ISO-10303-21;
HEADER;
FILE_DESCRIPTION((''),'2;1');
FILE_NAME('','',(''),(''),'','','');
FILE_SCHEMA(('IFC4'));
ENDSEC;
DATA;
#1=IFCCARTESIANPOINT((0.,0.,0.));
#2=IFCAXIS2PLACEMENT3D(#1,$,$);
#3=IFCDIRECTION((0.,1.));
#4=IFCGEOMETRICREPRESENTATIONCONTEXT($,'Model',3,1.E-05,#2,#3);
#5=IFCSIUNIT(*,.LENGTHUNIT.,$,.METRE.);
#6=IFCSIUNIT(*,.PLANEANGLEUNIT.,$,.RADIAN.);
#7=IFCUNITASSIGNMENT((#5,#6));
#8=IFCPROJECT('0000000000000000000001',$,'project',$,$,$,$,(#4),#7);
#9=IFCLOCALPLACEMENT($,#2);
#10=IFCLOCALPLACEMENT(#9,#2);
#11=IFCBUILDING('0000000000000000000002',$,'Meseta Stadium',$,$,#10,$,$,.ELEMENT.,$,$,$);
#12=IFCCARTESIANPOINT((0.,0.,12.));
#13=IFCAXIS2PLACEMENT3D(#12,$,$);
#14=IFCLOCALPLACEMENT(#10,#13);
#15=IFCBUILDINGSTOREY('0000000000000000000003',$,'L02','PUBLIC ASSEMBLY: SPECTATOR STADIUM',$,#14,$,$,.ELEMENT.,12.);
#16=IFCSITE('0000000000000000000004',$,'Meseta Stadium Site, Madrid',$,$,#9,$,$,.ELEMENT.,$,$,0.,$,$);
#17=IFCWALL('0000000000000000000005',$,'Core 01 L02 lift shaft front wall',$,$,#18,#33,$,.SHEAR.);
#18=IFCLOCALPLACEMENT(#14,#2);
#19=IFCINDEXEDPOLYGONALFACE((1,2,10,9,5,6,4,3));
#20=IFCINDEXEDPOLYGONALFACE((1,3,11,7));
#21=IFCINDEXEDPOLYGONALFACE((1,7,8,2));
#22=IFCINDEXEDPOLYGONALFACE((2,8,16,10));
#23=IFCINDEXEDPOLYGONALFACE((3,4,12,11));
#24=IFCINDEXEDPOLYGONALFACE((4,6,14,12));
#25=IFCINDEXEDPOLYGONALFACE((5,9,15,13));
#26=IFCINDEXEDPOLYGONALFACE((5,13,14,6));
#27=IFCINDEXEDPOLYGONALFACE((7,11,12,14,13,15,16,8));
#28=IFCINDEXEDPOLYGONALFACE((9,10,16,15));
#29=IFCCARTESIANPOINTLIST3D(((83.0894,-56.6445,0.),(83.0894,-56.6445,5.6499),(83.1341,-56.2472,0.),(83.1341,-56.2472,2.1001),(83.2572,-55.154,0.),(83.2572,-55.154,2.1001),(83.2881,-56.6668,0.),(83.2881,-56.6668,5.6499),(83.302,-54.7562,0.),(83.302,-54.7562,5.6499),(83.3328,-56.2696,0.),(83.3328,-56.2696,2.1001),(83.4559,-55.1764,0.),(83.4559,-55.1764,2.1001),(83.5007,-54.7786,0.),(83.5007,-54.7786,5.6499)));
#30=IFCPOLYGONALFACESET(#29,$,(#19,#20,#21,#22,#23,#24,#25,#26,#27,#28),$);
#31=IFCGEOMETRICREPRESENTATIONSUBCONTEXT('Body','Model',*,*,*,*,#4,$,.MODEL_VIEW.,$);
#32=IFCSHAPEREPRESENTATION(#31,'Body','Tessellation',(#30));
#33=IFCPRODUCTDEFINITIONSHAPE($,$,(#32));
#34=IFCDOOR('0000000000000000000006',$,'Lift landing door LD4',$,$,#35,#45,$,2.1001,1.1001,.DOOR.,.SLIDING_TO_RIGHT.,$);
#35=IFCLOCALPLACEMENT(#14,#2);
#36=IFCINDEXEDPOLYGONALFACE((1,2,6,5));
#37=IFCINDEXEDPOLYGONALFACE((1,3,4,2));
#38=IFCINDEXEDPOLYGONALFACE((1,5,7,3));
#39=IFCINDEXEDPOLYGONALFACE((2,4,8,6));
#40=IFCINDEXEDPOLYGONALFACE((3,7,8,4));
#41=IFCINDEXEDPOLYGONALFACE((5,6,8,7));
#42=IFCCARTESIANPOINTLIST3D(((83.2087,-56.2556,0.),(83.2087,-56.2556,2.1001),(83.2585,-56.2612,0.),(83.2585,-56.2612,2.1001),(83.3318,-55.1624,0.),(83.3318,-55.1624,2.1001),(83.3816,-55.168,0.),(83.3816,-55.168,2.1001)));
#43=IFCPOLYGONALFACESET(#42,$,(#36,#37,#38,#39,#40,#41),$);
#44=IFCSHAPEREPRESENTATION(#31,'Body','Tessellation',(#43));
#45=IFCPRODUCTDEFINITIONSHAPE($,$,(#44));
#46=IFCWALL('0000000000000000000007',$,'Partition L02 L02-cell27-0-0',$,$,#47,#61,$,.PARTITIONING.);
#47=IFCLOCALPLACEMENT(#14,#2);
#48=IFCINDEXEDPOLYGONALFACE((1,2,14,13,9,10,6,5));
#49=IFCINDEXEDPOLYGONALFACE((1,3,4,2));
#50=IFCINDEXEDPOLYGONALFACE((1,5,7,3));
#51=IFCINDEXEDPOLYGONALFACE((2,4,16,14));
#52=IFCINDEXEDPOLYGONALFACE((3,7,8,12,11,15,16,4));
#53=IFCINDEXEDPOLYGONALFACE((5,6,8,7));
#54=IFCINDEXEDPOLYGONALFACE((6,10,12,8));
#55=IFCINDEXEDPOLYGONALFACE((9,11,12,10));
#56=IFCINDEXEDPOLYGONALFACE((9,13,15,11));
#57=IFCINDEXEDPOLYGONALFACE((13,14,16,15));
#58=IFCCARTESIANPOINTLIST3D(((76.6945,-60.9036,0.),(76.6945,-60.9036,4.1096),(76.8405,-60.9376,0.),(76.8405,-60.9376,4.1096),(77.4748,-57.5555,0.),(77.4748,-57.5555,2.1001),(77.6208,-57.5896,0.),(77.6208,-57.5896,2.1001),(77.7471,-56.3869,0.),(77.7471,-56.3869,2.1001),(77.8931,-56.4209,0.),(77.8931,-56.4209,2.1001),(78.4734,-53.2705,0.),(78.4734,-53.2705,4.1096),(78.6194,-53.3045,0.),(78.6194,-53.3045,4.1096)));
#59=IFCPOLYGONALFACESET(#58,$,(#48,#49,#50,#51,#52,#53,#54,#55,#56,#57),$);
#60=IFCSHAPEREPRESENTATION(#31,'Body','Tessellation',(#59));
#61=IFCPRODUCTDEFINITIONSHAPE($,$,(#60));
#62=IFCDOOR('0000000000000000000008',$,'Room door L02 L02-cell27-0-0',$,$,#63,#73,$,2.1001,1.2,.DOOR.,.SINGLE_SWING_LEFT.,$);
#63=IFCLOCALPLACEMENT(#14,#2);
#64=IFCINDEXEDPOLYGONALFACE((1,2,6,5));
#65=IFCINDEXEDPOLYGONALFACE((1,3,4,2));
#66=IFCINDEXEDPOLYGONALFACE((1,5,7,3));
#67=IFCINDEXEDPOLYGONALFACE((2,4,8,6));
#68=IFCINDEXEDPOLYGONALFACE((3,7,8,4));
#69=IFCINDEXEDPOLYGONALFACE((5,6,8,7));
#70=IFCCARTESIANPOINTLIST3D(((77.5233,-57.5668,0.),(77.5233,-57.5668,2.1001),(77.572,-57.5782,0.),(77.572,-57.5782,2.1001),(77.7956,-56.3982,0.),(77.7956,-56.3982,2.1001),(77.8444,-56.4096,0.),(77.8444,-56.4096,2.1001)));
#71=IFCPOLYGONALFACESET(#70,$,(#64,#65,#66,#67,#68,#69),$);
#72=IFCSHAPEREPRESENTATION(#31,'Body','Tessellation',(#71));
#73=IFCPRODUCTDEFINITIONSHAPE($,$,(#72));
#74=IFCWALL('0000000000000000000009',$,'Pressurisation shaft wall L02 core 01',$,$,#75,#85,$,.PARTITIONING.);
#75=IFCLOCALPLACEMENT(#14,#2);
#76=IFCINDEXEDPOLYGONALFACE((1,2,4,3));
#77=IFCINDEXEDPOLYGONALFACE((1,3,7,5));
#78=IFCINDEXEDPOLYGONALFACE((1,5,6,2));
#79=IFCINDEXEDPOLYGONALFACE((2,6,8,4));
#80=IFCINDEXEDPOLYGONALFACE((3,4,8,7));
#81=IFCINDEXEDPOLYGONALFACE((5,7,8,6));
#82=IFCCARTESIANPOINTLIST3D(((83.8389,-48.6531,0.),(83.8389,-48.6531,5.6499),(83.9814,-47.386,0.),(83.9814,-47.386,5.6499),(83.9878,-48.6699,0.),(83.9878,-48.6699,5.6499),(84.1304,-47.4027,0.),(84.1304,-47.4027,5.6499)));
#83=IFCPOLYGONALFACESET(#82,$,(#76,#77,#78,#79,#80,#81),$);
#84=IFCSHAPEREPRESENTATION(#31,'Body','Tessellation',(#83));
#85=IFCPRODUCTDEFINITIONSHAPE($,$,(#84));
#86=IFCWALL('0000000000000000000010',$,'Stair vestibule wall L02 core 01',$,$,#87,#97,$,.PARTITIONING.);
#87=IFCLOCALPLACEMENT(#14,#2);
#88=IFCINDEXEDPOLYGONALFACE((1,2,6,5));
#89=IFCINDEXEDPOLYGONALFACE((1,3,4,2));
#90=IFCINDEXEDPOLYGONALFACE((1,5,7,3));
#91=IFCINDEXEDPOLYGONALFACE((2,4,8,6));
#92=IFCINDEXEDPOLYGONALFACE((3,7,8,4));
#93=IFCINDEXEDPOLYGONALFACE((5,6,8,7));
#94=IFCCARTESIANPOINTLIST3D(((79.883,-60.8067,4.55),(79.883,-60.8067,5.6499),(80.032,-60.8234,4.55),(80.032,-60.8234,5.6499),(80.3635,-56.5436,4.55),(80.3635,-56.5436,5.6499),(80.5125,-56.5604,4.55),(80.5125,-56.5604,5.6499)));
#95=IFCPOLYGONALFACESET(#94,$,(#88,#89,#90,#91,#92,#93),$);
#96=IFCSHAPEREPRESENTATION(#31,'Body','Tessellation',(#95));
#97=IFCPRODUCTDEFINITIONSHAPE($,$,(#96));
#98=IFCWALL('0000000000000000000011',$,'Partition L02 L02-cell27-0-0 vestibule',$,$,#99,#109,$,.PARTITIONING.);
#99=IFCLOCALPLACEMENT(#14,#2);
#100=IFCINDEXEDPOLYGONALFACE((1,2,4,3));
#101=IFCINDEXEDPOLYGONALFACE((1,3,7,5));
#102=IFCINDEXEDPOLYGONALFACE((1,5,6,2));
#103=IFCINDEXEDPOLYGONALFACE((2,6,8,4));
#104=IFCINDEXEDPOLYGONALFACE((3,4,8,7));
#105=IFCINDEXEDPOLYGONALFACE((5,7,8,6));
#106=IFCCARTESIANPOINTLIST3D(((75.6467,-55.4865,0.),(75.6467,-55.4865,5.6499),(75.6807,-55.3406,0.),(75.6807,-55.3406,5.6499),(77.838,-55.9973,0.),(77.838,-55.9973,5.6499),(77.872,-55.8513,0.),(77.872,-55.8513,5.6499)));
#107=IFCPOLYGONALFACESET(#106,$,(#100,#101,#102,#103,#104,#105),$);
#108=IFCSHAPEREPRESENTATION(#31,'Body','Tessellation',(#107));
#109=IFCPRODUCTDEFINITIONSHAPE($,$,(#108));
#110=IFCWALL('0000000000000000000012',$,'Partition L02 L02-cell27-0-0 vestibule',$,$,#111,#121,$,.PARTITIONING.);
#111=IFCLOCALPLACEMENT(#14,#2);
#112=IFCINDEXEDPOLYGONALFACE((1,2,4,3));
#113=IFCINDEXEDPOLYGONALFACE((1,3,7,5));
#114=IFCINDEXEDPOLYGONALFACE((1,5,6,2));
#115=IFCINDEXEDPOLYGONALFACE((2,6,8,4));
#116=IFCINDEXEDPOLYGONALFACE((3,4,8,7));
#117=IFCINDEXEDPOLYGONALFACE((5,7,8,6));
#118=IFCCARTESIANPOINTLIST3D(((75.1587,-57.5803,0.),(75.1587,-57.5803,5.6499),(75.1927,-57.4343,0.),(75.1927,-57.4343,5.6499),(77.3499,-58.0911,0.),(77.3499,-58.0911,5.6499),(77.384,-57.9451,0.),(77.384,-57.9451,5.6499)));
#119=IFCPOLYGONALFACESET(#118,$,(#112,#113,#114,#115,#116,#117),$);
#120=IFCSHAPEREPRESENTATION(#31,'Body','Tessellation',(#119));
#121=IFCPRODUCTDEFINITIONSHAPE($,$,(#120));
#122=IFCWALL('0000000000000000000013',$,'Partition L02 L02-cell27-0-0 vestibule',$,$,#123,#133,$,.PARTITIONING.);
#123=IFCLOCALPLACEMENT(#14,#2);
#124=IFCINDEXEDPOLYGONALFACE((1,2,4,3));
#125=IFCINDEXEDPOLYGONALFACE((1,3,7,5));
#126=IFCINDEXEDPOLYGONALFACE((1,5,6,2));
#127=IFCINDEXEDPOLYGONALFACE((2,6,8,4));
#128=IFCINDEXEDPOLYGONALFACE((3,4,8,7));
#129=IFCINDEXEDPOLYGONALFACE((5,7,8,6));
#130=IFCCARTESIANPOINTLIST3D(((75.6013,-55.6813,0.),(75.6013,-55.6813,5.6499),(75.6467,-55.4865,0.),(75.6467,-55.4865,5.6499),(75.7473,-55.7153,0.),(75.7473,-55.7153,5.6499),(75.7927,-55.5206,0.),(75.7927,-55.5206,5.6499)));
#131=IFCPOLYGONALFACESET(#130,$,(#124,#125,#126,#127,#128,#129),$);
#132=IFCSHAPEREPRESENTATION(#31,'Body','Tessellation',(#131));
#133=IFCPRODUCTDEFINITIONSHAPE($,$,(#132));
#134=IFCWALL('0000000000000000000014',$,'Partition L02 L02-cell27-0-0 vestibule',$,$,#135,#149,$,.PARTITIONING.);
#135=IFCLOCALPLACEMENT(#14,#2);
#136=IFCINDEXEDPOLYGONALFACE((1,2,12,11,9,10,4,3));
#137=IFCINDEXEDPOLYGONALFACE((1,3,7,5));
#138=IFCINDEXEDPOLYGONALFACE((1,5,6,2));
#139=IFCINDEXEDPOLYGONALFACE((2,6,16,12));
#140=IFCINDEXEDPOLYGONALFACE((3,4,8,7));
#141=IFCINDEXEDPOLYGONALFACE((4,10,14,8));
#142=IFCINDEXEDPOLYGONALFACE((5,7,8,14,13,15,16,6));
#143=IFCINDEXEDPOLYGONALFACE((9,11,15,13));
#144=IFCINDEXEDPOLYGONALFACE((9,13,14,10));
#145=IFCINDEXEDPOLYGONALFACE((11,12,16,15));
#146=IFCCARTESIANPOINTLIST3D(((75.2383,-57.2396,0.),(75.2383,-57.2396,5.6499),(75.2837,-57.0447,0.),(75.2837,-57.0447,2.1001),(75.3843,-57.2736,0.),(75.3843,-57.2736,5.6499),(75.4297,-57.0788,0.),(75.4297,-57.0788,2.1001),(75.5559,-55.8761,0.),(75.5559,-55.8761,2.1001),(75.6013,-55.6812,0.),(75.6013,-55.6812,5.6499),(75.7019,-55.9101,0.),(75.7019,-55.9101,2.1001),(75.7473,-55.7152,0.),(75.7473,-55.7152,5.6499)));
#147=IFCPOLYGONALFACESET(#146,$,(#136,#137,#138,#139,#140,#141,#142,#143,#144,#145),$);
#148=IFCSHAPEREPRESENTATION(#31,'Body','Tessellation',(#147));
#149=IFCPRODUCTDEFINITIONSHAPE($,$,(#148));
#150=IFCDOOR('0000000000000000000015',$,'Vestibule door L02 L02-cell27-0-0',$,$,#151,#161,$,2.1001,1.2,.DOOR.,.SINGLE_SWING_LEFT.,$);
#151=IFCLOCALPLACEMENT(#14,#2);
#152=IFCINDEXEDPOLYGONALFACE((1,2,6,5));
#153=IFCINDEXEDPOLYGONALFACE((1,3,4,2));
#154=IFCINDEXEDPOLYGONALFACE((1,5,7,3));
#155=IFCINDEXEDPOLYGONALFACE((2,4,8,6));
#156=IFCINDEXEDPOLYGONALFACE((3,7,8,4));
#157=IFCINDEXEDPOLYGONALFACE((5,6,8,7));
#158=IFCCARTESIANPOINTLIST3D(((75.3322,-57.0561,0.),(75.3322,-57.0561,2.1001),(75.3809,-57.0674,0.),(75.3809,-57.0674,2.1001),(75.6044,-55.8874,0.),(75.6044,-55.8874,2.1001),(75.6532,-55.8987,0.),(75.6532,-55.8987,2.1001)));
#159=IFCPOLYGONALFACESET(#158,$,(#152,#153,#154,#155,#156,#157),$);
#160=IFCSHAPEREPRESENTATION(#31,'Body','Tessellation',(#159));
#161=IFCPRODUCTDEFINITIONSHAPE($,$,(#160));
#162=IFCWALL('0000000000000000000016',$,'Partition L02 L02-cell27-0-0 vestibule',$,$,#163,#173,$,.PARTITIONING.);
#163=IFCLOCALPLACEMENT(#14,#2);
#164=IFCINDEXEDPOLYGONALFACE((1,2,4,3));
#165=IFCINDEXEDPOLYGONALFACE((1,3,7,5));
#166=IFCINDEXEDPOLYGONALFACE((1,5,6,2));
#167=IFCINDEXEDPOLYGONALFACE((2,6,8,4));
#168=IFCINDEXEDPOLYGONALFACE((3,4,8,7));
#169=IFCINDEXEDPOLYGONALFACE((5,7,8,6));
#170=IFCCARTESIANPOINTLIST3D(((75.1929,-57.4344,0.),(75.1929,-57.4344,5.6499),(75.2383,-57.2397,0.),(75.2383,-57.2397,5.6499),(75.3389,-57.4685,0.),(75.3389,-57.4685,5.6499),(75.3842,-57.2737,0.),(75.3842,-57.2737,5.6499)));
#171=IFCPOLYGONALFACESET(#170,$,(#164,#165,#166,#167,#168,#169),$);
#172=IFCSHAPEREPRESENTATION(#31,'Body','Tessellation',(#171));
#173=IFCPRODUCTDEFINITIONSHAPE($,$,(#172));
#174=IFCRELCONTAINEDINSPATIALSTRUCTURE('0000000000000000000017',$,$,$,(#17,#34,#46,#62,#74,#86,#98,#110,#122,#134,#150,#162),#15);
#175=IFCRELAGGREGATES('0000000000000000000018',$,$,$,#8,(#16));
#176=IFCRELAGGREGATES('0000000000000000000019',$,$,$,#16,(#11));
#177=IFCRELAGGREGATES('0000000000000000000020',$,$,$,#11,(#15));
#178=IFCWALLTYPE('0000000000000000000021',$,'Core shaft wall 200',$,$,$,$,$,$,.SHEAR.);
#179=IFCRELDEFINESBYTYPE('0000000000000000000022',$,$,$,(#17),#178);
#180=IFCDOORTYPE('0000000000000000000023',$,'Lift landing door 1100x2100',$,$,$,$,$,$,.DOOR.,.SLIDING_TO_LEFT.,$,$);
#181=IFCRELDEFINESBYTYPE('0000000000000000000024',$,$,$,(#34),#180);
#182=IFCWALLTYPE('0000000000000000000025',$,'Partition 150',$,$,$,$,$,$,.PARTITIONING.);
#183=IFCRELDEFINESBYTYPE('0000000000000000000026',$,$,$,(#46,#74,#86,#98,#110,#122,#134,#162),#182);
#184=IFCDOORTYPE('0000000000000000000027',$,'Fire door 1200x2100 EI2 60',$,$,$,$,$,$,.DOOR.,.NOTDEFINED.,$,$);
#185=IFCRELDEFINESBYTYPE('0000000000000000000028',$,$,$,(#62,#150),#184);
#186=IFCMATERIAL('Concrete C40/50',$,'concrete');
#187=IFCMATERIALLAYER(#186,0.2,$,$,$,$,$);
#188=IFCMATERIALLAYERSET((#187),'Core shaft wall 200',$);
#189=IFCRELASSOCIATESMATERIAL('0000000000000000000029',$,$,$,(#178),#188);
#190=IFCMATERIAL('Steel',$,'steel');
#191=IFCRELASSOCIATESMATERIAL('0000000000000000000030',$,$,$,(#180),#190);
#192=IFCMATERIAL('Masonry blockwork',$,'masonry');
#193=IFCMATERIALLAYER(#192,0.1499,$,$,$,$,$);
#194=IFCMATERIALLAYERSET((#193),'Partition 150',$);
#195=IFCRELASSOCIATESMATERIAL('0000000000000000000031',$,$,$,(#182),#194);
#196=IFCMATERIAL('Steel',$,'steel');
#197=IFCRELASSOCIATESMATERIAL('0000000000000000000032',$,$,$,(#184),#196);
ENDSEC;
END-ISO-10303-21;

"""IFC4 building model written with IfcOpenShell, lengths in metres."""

from ifc_helpers import new_model, si_unit, direction, frame, frame_2d, origin, place, context, subcontext, project, spatial, rectangle, extrude, material, layer, layer_set, type_object, element, fill, save


model = new_model("IFC4")

# Units and contexts
model_context = context("Model", 3, precision=1e-05, world=origin(), true_north=direction((0.0, 1.0)))
body_context = subcontext(model_context, "Body", "Model", "MODEL_VIEW")
ifc_project = project(units=[si_unit("LENGTHUNIT", "METRE"), si_unit("PLANEANGLEUNIT", "RADIAN")], contexts=[model_context])

# Site, building, storey
site_placement = place(None, origin())
site = spatial("IfcSite", under=ifc_project, at=site_placement, Name="Meseta Stadium Site, Madrid", CompositionType="ELEMENT", RefElevation=0.0)
building_placement = place(site_placement, origin())
building = spatial("IfcBuilding", under=site, at=building_placement, Name="Meseta Stadium", CompositionType="ELEMENT")
storey_placement = place(building_placement, frame((0.0, 0.0, 12.0)))
storey = spatial("IfcBuildingStorey", under=building, at=storey_placement, Name="L02", Description="PUBLIC ASSEMBLY: SPECTATOR STADIUM", CompositionType="ELEMENT", Elevation=12.0)

# Walls, openings, doors
ifc_material_1 = material(Name="Concrete C40/50", Category="concrete")
ifc_layer_1 = layer(ifc_material_1, 0.2)
ifc_layer_set_1 = layer_set([ifc_layer_1], Name="Core shaft wall 200")
wall_type_1 = type_object("IfcWallType", Name="Core shaft wall 200", PredefinedType="SHEAR", material=ifc_layer_set_1)
wall_1_placement = place(storey_placement, frame((83.1887, -56.6558, 0.0), z_axis=(0.0, 0.0, 1.0), x_axis=(0.111912, 0.993718, 0.0)))
wall_1 = element("IfcWall", 1, at=wall_1_placement, inside=storey, type_object=wall_type_1, Name="Core 01 L02 lift shaft front wall", PredefinedType="SHEAR", context=body_context, shape_type="SweptSolid", body=[
    extrude(rectangle(XDim=1.9001, YDim=0.2, at=frame_2d((0.9502, 0.0))), origin(), (0.0, 0.0, 1.0), 5.6499),
])
opening_1_placement = place(wall_1_placement, frame((0.3999, 0.0, 0.0)))
opening_1 = element("IfcOpeningElement", 2, at=opening_1_placement, cuts=wall_1, PredefinedType="OPENING", context=body_context, shape_type="SweptSolid", body=[
    extrude(rectangle(XDim=1.1001, YDim=2.1001, at=frame_2d((0.55, 1.05))), frame((0.0, 0.1099, 0.0), z_axis=(0.0, -1.0, 0.0), x_axis=(1.0, 0.0, 0.0)), (0.0, 0.0, 1.0), 0.22),
])
ifc_material_2 = material(Name="Steel", Category="steel")
door_type_1 = type_object("IfcDoorType", Name="Lift landing door 1100x2100", OperationType="SLIDING_TO_LEFT", PredefinedType="DOOR", material=ifc_material_2)
door_1_placement = place(opening_1_placement, origin())
door_1 = element("IfcDoor", 3, at=door_1_placement, inside=storey, type_object=door_type_1, Name="Lift landing door LD4", OperationType="SLIDING_TO_RIGHT", OverallHeight=2.1001, OverallWidth=1.1001, PredefinedType="DOOR", context=body_context, shape_type="SweptSolid", body=[
    extrude(rectangle(XDim=1.1001, YDim=2.1001, at=frame_2d((0.55, 1.05))), frame((0.0, 0.0249, 0.0), z_axis=(0.0, -1.0, 0.0), x_axis=(1.0, 0.0, 0.0)), (0.0, 0.0, 1.0), 0.05),
])
fill(opening_1, door_1)
ifc_material_3 = material(Name="Masonry blockwork", Category="masonry")
ifc_layer_2 = layer(ifc_material_3, 0.1499)
ifc_layer_set_2 = layer_set([ifc_layer_2], Name="Partition 150")
wall_type_2 = type_object("IfcWallType", Name="Partition 150", PredefinedType="PARTITIONING", material=ifc_layer_set_2)
wall_2_placement = place(storey_placement, frame((78.5464, -53.2874, 0.0), z_axis=(0.0, 0.0, 1.0), x_axis=(-0.226959, -0.973904, 0.0)))
wall_2 = element("IfcWall", 4, at=wall_2_placement, inside=storey, type_object=wall_type_2, Name="Partition L02 L02-cell27-0-0", PredefinedType="PARTITIONING", context=body_context, shape_type="SweptSolid", body=[
    extrude(rectangle(XDim=7.8376, YDim=0.1499, at=frame_2d((3.9189, 0.0))), origin(), (0.0, 0.0, 1.0), 4.1096),
])
opening_2_placement = place(wall_2_placement, frame((3.2, 0.0, 0.0)))
opening_2 = element("IfcOpeningElement", 5, at=opening_2_placement, cuts=wall_2, PredefinedType="OPENING", context=body_context, shape_type="SweptSolid", body=[
    extrude(rectangle(XDim=1.2, YDim=2.1001, at=frame_2d((0.6001, 1.05))), frame((0.0, 0.085, 0.0), z_axis=(0.0, -1.0, 0.0), x_axis=(1.0, 0.0, 0.0)), (0.0, 0.0, 1.0), 0.1699),
])
ifc_material_4 = material(Name="Steel", Category="steel")
door_type_2 = type_object("IfcDoorType", Name="Fire door 1200x2100 EI2 60", OperationType="NOTDEFINED", PredefinedType="DOOR", material=ifc_material_4)
door_2_placement = place(opening_2_placement, origin())
door_2 = element("IfcDoor", 6, at=door_2_placement, inside=storey, type_object=door_type_2, Name="Room door L02 L02-cell27-0-0", OperationType="SINGLE_SWING_LEFT", OverallHeight=2.1001, OverallWidth=1.2, PredefinedType="DOOR", context=body_context, shape_type="SweptSolid", body=[
    extrude(rectangle(XDim=1.2, YDim=2.1001, at=frame_2d((0.6001, 1.05))), frame((0.0, 0.0249, 0.0), z_axis=(0.0, -1.0, 0.0), x_axis=(1.0, 0.0, 0.0)), (0.0, 0.0, 1.0), 0.05),
])
fill(opening_2, door_2)

# Walls
wall_3_placement = place(storey_placement, frame((83.9133, -48.6616, 0.0), z_axis=(0.0, 0.0, 1.0), x_axis=(0.111818, 0.993729, 0.0)))
element("IfcWall", 7, at=wall_3_placement, inside=storey, type_object=wall_type_2, Name="Pressurisation shaft wall L02 core 01", PredefinedType="PARTITIONING", context=body_context, shape_type="SweptSolid", body=[
    extrude(rectangle(XDim=1.2751, YDim=0.1499, at=frame_2d((0.6377, 0.0))), origin(), (0.0, 0.0, 1.0), 5.6499),
])
wall_4_placement = place(storey_placement, frame((80.438, -56.552, 4.55), z_axis=(0.0, 0.0, 1.0), x_axis=(-0.111999, -0.993708, 0.0)))
element("IfcWall", 8, at=wall_4_placement, inside=storey, type_object=wall_type_2, Name="Stair vestibule wall L02 core 01", PredefinedType="PARTITIONING", context=body_context, shape_type="SweptSolid", body=[
    extrude(rectangle(XDim=4.29, YDim=0.1499, at=frame_2d((2.145, 0.0))), origin(), (0.0, 0.0, 1.0), 1.0999),
])
for number, where, z_axis, x_axis, name in (
    (9, (77.855, -55.9243, 0.0), (0.0, 0.0, 1.0), (-0.973893, 0.227007, 0.0), "Partition L02 L02-cell27-0-0 vestibule"),
    (10, (77.3669, -58.0181, 0.0), (0.0, 0.0, 1.0), (-0.973893, 0.227007, 0.0), "Partition L02 L02-cell27-0-0 vestibule"),
):
    element("IfcWall", number, at=place(storey_placement, frame(where, z_axis=z_axis, x_axis=x_axis)), inside=storey, type_object=wall_type_2, Name=name, PredefinedType="PARTITIONING", context=body_context, shape_type="SweptSolid", body=[
        extrude(rectangle(XDim=2.25, YDim=0.1499, at=frame_2d((1.125, 0.0))), origin(), (0.0, 0.0, 1.0), 5.6499),
    ])
wall_5_placement = place(storey_placement, frame((75.7197, -55.5034, 0.0), z_axis=(0.0, 0.0, 1.0), x_axis=(-0.226998, -0.973895, 0.0)))
element("IfcWall", 11, at=wall_5_placement, inside=storey, type_object=wall_type_2, Name="Partition L02 L02-cell27-0-0 vestibule", PredefinedType="PARTITIONING", context=body_context, shape_type="SweptSolid", body=[
    extrude(rectangle(XDim=0.2, YDim=0.1499, at=frame_2d((0.1001, 0.0))), origin(), (0.0, 0.0, 1.0), 5.6499),
])

# Wall, opening, door
wall_6_placement = place(storey_placement, frame((75.6743, -55.6982, 0.0), z_axis=(0.0, 0.0, 1.0), x_axis=(-0.226887, -0.973921, 0.0)))
wall_6 = element("IfcWall", 12, at=wall_6_placement, inside=storey, type_object=wall_type_2, Name="Partition L02 L02-cell27-0-0 vestibule", PredefinedType="PARTITIONING", context=body_context, shape_type="SweptSolid", body=[
    extrude(rectangle(XDim=1.6001, YDim=0.1499, at=frame_2d((0.8, 0.0))), origin(), (0.0, 0.0, 1.0), 5.6499),
])
opening_3_placement = place(wall_6_placement, frame((0.2, 0.0, 0.0)))
opening_3 = element("IfcOpeningElement", 13, at=opening_3_placement, cuts=wall_6, PredefinedType="OPENING", context=body_context, shape_type="SweptSolid", body=[
    extrude(rectangle(XDim=1.2, YDim=2.1001, at=frame_2d((0.6001, 1.05))), frame((0.0, 0.085, 0.0), z_axis=(0.0, -1.0, 0.0), x_axis=(1.0, 0.0, 0.0)), (0.0, 0.0, 1.0), 0.1699),
])
door_3_placement = place(opening_3_placement, origin())
door_3 = element("IfcDoor", 14, at=door_3_placement, inside=storey, type_object=door_type_2, Name="Vestibule door L02 L02-cell27-0-0", OperationType="SINGLE_SWING_LEFT", OverallHeight=2.1001, OverallWidth=1.2, PredefinedType="DOOR", context=body_context, shape_type="SweptSolid", body=[
    extrude(rectangle(XDim=1.2, YDim=2.1001, at=frame_2d((0.6001, 1.05))), frame((0.0, 0.0249, 0.0), z_axis=(0.0, -1.0, 0.0), x_axis=(1.0, 0.0, 0.0)), (0.0, 0.0, 1.0), 0.05),
])
fill(opening_3, door_3)

# Wall
wall_7_placement = place(storey_placement, frame((75.3113, -57.2566, 0.0), z_axis=(0.0, 0.0, 1.0), x_axis=(-0.226998, -0.973895, 0.0)))
element("IfcWall", 15, at=wall_7_placement, inside=storey, type_object=wall_type_2, Name="Partition L02 L02-cell27-0-0 vestibule", PredefinedType="PARTITIONING", context=body_context, shape_type="SweptSolid", body=[
    extrude(rectangle(XDim=0.2, YDim=0.1499, at=frame_2d((0.1001, 0.0))), origin(), (0.0, 0.0, 1.0), 5.6499),
])

save(model, "model.ifc")
